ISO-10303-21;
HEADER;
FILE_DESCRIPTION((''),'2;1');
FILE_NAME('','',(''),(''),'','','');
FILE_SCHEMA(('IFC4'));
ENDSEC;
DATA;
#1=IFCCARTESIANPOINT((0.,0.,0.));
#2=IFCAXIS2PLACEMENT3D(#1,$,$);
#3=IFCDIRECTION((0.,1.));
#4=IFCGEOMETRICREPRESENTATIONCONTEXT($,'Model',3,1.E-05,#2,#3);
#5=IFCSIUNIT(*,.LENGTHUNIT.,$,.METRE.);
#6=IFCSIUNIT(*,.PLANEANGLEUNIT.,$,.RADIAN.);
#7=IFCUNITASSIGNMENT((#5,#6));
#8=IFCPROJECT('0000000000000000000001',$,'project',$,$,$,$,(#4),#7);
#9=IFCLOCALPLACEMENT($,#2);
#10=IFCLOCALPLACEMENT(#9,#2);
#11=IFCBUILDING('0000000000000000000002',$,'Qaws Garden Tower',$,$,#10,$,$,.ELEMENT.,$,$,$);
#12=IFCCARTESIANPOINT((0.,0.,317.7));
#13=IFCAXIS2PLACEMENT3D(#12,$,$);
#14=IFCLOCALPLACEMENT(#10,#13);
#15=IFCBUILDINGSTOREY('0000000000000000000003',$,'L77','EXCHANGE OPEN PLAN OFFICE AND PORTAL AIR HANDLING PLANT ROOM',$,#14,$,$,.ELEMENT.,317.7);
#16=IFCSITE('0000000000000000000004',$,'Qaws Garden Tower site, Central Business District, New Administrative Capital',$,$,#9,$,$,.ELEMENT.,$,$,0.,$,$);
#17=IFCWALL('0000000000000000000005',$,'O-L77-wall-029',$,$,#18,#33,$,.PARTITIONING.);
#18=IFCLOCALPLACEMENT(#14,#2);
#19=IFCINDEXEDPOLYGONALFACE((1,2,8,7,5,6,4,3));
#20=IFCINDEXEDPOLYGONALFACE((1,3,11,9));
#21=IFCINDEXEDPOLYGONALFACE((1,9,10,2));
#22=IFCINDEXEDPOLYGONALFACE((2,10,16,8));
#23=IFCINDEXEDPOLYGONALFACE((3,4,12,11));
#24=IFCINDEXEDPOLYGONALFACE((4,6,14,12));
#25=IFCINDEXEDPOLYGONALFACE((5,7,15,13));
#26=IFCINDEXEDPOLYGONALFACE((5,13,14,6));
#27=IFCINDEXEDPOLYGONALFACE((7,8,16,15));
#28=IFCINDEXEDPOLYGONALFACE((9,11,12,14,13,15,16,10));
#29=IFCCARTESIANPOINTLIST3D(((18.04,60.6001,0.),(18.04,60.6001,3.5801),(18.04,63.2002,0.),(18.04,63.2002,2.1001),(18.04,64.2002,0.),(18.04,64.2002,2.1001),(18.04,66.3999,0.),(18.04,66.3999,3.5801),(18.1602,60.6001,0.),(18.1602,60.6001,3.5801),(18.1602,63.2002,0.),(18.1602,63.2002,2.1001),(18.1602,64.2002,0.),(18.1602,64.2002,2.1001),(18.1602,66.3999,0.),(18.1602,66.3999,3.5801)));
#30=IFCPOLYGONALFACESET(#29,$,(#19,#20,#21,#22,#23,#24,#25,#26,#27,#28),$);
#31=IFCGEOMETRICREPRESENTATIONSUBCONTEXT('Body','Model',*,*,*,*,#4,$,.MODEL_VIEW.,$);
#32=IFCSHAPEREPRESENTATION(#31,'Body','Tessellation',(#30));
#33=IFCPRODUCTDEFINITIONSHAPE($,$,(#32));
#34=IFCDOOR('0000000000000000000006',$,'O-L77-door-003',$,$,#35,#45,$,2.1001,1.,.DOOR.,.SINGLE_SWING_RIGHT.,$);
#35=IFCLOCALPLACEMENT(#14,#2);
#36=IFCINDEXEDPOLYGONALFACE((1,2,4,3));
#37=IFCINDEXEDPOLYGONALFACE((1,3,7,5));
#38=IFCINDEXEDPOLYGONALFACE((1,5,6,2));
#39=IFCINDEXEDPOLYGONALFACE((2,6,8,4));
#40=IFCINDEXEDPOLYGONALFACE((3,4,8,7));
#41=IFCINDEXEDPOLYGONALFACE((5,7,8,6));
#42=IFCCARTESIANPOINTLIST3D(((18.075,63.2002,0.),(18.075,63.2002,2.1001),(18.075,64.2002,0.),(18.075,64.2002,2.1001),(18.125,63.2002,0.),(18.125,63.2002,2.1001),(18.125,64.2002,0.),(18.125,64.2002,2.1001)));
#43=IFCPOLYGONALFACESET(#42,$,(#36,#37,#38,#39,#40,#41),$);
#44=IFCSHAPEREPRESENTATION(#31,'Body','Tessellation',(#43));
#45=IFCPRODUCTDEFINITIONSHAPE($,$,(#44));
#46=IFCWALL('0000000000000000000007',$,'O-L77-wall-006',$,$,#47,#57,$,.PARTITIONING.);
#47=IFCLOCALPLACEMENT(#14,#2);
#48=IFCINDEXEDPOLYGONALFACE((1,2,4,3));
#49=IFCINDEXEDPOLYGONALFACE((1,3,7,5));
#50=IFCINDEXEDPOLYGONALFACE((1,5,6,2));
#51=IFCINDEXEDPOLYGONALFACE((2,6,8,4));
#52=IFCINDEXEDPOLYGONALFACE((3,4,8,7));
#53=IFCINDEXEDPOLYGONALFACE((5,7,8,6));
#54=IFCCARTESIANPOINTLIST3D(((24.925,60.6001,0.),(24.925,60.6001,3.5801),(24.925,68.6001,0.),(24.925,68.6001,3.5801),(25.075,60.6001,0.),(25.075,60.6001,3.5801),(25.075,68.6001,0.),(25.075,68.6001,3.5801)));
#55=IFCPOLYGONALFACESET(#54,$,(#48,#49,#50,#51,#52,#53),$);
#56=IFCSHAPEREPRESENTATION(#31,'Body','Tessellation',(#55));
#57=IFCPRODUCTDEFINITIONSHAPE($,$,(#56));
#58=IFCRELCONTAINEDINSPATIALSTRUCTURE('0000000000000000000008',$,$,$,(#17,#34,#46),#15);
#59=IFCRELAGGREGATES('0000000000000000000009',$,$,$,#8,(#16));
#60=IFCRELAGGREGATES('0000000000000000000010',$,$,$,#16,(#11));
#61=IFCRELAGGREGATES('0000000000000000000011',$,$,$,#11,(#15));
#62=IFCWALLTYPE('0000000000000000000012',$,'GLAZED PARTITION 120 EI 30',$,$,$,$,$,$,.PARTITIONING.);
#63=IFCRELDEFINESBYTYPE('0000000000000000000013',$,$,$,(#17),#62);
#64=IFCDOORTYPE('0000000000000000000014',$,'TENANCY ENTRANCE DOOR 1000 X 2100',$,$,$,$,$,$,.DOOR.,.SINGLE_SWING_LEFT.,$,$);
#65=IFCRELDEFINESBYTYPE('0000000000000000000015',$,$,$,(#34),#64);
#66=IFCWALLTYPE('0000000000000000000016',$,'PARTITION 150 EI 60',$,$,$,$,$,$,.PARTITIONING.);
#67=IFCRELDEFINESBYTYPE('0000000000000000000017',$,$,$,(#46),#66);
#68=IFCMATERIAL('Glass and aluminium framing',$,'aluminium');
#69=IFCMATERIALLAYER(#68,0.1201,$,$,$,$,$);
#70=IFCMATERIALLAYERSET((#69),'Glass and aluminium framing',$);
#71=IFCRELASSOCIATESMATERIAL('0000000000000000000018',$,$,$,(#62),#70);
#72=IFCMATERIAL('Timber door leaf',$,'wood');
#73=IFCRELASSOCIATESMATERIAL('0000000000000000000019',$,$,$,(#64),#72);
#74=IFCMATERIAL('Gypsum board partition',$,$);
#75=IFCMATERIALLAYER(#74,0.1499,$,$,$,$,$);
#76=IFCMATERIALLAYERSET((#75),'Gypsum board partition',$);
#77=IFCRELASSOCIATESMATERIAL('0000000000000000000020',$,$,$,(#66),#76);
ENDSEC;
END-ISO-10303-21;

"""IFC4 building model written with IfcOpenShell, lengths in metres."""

from ifc_helpers import new_model, si_unit, direction, frame, frame_2d, origin, place, context, subcontext, project, spatial, rectangle, extrude, material, layer, layer_set, type_object, element, fill, save


model = new_model("IFC4")

# Units and contexts
model_context = context("Model", 3, precision=1e-05, world=origin(), true_north=direction((0.0, 1.0)))
body_context = subcontext(model_context, "Body", "Model", "MODEL_VIEW")
ifc_project = project(units=[si_unit("LENGTHUNIT", "METRE"), si_unit("PLANEANGLEUNIT", "RADIAN")], contexts=[model_context])

# Site, building, storey
site_placement = place(None, origin())
site = spatial("IfcSite", under=ifc_project, at=site_placement, Name="Qaws Garden Tower site, Central Business District, New Administrative Capital", CompositionType="ELEMENT", RefElevation=0.0)
building_placement = place(site_placement, origin())
building = spatial("IfcBuilding", under=site, at=building_placement, Name="Qaws Garden Tower", CompositionType="ELEMENT")
storey_placement = place(building_placement, frame((0.0, 0.0, 317.7)))
storey = spatial("IfcBuildingStorey", under=building, at=storey_placement, Name="L77", Description="EXCHANGE OPEN PLAN OFFICE AND PORTAL AIR HANDLING PLANT ROOM", CompositionType="ELEMENT", Elevation=317.7)

# Wall, opening, door
ifc_material_1 = material(Name="Glass and aluminium framing", Category="aluminium")
ifc_layer_1 = layer(ifc_material_1, 0.1201)
ifc_layer_set_1 = layer_set([ifc_layer_1], Name="Glass and aluminium framing")
wall_type_1 = type_object("IfcWallType", Name="GLAZED PARTITION 120 EI 30", PredefinedType="PARTITIONING", material=ifc_layer_set_1)
wall_1_placement = place(storey_placement, frame((18.1001, 60.6001, 0.0), z_axis=(0.0, 0.0, 1.0), x_axis=(0.0, 1.0, 0.0)))
wall_1 = element("IfcWall", 1, at=wall_1_placement, inside=storey, type_object=wall_type_1, Name="O-L77-wall-029", PredefinedType="PARTITIONING", context=body_context, shape_type="SweptSolid", body=[
    extrude(rectangle(XDim=5.7998, YDim=0.1201, at=frame_2d((2.8999, 0.0))), origin(), (0.0, 0.0, 1.0), 3.5801),
])
opening_1_placement = place(wall_1_placement, frame((2.6001, 0.0, 0.0)))
opening_1 = element("IfcOpeningElement", 2, at=opening_1_placement, cuts=wall_1, PredefinedType="OPENING", context=body_context, shape_type="SweptSolid", body=[
    extrude(rectangle(XDim=1.0, YDim=2.1001, at=frame_2d((0.5, 1.05))), frame((0.0, 0.0701, 0.0), z_axis=(0.0, -1.0, 0.0), x_axis=(1.0, 0.0, 0.0)), (0.0, 0.0, 1.0), 0.1401),
])
ifc_material_2 = material(Name="Timber door leaf", Category="wood")
door_type = type_object("IfcDoorType", Name="TENANCY ENTRANCE DOOR 1000 X 2100", OperationType="SINGLE_SWING_LEFT", PredefinedType="DOOR", material=ifc_material_2)
door_placement = place(opening_1_placement, frame((1.0, 0.0, 0.0), z_axis=(0.0, 0.0, 1.0), x_axis=(-1.0, 0.0, 0.0)))
door = element("IfcDoor", 3, at=door_placement, inside=storey, type_object=door_type, Name="O-L77-door-003", OperationType="SINGLE_SWING_RIGHT", OverallHeight=2.1001, OverallWidth=1.0, PredefinedType="DOOR", context=body_context, shape_type="SweptSolid", body=[
    extrude(rectangle(XDim=1.0, YDim=2.1001, at=frame_2d((0.5, 1.05))), frame((0.0, 0.0249, 0.0), z_axis=(0.0, -1.0, 0.0), x_axis=(1.0, 0.0, 0.0)), (0.0, 0.0, 1.0), 0.05),
])
fill(opening_1, door)

# Wall
ifc_material_3 = material(Name="Gypsum board partition")
ifc_layer_2 = layer(ifc_material_3, 0.1499)
ifc_layer_set_2 = layer_set([ifc_layer_2], Name="Gypsum board partition")
wall_type_2 = type_object("IfcWallType", Name="PARTITION 150 EI 60", PredefinedType="PARTITIONING", material=ifc_layer_set_2)
wall_2_placement = place(storey_placement, frame((25.0, 60.6001, 0.0), z_axis=(0.0, 0.0, 1.0), x_axis=(0.0, 1.0, 0.0)))
element("IfcWall", 4, at=wall_2_placement, inside=storey, type_object=wall_type_2, Name="O-L77-wall-006", PredefinedType="PARTITIONING", context=body_context, shape_type="SweptSolid", body=[
    extrude(rectangle(XDim=8.0, YDim=0.1499, at=frame_2d((4.0, 0.0))), origin(), (0.0, 0.0, 1.0), 3.5801),
])

save(model, "model.ifc")
